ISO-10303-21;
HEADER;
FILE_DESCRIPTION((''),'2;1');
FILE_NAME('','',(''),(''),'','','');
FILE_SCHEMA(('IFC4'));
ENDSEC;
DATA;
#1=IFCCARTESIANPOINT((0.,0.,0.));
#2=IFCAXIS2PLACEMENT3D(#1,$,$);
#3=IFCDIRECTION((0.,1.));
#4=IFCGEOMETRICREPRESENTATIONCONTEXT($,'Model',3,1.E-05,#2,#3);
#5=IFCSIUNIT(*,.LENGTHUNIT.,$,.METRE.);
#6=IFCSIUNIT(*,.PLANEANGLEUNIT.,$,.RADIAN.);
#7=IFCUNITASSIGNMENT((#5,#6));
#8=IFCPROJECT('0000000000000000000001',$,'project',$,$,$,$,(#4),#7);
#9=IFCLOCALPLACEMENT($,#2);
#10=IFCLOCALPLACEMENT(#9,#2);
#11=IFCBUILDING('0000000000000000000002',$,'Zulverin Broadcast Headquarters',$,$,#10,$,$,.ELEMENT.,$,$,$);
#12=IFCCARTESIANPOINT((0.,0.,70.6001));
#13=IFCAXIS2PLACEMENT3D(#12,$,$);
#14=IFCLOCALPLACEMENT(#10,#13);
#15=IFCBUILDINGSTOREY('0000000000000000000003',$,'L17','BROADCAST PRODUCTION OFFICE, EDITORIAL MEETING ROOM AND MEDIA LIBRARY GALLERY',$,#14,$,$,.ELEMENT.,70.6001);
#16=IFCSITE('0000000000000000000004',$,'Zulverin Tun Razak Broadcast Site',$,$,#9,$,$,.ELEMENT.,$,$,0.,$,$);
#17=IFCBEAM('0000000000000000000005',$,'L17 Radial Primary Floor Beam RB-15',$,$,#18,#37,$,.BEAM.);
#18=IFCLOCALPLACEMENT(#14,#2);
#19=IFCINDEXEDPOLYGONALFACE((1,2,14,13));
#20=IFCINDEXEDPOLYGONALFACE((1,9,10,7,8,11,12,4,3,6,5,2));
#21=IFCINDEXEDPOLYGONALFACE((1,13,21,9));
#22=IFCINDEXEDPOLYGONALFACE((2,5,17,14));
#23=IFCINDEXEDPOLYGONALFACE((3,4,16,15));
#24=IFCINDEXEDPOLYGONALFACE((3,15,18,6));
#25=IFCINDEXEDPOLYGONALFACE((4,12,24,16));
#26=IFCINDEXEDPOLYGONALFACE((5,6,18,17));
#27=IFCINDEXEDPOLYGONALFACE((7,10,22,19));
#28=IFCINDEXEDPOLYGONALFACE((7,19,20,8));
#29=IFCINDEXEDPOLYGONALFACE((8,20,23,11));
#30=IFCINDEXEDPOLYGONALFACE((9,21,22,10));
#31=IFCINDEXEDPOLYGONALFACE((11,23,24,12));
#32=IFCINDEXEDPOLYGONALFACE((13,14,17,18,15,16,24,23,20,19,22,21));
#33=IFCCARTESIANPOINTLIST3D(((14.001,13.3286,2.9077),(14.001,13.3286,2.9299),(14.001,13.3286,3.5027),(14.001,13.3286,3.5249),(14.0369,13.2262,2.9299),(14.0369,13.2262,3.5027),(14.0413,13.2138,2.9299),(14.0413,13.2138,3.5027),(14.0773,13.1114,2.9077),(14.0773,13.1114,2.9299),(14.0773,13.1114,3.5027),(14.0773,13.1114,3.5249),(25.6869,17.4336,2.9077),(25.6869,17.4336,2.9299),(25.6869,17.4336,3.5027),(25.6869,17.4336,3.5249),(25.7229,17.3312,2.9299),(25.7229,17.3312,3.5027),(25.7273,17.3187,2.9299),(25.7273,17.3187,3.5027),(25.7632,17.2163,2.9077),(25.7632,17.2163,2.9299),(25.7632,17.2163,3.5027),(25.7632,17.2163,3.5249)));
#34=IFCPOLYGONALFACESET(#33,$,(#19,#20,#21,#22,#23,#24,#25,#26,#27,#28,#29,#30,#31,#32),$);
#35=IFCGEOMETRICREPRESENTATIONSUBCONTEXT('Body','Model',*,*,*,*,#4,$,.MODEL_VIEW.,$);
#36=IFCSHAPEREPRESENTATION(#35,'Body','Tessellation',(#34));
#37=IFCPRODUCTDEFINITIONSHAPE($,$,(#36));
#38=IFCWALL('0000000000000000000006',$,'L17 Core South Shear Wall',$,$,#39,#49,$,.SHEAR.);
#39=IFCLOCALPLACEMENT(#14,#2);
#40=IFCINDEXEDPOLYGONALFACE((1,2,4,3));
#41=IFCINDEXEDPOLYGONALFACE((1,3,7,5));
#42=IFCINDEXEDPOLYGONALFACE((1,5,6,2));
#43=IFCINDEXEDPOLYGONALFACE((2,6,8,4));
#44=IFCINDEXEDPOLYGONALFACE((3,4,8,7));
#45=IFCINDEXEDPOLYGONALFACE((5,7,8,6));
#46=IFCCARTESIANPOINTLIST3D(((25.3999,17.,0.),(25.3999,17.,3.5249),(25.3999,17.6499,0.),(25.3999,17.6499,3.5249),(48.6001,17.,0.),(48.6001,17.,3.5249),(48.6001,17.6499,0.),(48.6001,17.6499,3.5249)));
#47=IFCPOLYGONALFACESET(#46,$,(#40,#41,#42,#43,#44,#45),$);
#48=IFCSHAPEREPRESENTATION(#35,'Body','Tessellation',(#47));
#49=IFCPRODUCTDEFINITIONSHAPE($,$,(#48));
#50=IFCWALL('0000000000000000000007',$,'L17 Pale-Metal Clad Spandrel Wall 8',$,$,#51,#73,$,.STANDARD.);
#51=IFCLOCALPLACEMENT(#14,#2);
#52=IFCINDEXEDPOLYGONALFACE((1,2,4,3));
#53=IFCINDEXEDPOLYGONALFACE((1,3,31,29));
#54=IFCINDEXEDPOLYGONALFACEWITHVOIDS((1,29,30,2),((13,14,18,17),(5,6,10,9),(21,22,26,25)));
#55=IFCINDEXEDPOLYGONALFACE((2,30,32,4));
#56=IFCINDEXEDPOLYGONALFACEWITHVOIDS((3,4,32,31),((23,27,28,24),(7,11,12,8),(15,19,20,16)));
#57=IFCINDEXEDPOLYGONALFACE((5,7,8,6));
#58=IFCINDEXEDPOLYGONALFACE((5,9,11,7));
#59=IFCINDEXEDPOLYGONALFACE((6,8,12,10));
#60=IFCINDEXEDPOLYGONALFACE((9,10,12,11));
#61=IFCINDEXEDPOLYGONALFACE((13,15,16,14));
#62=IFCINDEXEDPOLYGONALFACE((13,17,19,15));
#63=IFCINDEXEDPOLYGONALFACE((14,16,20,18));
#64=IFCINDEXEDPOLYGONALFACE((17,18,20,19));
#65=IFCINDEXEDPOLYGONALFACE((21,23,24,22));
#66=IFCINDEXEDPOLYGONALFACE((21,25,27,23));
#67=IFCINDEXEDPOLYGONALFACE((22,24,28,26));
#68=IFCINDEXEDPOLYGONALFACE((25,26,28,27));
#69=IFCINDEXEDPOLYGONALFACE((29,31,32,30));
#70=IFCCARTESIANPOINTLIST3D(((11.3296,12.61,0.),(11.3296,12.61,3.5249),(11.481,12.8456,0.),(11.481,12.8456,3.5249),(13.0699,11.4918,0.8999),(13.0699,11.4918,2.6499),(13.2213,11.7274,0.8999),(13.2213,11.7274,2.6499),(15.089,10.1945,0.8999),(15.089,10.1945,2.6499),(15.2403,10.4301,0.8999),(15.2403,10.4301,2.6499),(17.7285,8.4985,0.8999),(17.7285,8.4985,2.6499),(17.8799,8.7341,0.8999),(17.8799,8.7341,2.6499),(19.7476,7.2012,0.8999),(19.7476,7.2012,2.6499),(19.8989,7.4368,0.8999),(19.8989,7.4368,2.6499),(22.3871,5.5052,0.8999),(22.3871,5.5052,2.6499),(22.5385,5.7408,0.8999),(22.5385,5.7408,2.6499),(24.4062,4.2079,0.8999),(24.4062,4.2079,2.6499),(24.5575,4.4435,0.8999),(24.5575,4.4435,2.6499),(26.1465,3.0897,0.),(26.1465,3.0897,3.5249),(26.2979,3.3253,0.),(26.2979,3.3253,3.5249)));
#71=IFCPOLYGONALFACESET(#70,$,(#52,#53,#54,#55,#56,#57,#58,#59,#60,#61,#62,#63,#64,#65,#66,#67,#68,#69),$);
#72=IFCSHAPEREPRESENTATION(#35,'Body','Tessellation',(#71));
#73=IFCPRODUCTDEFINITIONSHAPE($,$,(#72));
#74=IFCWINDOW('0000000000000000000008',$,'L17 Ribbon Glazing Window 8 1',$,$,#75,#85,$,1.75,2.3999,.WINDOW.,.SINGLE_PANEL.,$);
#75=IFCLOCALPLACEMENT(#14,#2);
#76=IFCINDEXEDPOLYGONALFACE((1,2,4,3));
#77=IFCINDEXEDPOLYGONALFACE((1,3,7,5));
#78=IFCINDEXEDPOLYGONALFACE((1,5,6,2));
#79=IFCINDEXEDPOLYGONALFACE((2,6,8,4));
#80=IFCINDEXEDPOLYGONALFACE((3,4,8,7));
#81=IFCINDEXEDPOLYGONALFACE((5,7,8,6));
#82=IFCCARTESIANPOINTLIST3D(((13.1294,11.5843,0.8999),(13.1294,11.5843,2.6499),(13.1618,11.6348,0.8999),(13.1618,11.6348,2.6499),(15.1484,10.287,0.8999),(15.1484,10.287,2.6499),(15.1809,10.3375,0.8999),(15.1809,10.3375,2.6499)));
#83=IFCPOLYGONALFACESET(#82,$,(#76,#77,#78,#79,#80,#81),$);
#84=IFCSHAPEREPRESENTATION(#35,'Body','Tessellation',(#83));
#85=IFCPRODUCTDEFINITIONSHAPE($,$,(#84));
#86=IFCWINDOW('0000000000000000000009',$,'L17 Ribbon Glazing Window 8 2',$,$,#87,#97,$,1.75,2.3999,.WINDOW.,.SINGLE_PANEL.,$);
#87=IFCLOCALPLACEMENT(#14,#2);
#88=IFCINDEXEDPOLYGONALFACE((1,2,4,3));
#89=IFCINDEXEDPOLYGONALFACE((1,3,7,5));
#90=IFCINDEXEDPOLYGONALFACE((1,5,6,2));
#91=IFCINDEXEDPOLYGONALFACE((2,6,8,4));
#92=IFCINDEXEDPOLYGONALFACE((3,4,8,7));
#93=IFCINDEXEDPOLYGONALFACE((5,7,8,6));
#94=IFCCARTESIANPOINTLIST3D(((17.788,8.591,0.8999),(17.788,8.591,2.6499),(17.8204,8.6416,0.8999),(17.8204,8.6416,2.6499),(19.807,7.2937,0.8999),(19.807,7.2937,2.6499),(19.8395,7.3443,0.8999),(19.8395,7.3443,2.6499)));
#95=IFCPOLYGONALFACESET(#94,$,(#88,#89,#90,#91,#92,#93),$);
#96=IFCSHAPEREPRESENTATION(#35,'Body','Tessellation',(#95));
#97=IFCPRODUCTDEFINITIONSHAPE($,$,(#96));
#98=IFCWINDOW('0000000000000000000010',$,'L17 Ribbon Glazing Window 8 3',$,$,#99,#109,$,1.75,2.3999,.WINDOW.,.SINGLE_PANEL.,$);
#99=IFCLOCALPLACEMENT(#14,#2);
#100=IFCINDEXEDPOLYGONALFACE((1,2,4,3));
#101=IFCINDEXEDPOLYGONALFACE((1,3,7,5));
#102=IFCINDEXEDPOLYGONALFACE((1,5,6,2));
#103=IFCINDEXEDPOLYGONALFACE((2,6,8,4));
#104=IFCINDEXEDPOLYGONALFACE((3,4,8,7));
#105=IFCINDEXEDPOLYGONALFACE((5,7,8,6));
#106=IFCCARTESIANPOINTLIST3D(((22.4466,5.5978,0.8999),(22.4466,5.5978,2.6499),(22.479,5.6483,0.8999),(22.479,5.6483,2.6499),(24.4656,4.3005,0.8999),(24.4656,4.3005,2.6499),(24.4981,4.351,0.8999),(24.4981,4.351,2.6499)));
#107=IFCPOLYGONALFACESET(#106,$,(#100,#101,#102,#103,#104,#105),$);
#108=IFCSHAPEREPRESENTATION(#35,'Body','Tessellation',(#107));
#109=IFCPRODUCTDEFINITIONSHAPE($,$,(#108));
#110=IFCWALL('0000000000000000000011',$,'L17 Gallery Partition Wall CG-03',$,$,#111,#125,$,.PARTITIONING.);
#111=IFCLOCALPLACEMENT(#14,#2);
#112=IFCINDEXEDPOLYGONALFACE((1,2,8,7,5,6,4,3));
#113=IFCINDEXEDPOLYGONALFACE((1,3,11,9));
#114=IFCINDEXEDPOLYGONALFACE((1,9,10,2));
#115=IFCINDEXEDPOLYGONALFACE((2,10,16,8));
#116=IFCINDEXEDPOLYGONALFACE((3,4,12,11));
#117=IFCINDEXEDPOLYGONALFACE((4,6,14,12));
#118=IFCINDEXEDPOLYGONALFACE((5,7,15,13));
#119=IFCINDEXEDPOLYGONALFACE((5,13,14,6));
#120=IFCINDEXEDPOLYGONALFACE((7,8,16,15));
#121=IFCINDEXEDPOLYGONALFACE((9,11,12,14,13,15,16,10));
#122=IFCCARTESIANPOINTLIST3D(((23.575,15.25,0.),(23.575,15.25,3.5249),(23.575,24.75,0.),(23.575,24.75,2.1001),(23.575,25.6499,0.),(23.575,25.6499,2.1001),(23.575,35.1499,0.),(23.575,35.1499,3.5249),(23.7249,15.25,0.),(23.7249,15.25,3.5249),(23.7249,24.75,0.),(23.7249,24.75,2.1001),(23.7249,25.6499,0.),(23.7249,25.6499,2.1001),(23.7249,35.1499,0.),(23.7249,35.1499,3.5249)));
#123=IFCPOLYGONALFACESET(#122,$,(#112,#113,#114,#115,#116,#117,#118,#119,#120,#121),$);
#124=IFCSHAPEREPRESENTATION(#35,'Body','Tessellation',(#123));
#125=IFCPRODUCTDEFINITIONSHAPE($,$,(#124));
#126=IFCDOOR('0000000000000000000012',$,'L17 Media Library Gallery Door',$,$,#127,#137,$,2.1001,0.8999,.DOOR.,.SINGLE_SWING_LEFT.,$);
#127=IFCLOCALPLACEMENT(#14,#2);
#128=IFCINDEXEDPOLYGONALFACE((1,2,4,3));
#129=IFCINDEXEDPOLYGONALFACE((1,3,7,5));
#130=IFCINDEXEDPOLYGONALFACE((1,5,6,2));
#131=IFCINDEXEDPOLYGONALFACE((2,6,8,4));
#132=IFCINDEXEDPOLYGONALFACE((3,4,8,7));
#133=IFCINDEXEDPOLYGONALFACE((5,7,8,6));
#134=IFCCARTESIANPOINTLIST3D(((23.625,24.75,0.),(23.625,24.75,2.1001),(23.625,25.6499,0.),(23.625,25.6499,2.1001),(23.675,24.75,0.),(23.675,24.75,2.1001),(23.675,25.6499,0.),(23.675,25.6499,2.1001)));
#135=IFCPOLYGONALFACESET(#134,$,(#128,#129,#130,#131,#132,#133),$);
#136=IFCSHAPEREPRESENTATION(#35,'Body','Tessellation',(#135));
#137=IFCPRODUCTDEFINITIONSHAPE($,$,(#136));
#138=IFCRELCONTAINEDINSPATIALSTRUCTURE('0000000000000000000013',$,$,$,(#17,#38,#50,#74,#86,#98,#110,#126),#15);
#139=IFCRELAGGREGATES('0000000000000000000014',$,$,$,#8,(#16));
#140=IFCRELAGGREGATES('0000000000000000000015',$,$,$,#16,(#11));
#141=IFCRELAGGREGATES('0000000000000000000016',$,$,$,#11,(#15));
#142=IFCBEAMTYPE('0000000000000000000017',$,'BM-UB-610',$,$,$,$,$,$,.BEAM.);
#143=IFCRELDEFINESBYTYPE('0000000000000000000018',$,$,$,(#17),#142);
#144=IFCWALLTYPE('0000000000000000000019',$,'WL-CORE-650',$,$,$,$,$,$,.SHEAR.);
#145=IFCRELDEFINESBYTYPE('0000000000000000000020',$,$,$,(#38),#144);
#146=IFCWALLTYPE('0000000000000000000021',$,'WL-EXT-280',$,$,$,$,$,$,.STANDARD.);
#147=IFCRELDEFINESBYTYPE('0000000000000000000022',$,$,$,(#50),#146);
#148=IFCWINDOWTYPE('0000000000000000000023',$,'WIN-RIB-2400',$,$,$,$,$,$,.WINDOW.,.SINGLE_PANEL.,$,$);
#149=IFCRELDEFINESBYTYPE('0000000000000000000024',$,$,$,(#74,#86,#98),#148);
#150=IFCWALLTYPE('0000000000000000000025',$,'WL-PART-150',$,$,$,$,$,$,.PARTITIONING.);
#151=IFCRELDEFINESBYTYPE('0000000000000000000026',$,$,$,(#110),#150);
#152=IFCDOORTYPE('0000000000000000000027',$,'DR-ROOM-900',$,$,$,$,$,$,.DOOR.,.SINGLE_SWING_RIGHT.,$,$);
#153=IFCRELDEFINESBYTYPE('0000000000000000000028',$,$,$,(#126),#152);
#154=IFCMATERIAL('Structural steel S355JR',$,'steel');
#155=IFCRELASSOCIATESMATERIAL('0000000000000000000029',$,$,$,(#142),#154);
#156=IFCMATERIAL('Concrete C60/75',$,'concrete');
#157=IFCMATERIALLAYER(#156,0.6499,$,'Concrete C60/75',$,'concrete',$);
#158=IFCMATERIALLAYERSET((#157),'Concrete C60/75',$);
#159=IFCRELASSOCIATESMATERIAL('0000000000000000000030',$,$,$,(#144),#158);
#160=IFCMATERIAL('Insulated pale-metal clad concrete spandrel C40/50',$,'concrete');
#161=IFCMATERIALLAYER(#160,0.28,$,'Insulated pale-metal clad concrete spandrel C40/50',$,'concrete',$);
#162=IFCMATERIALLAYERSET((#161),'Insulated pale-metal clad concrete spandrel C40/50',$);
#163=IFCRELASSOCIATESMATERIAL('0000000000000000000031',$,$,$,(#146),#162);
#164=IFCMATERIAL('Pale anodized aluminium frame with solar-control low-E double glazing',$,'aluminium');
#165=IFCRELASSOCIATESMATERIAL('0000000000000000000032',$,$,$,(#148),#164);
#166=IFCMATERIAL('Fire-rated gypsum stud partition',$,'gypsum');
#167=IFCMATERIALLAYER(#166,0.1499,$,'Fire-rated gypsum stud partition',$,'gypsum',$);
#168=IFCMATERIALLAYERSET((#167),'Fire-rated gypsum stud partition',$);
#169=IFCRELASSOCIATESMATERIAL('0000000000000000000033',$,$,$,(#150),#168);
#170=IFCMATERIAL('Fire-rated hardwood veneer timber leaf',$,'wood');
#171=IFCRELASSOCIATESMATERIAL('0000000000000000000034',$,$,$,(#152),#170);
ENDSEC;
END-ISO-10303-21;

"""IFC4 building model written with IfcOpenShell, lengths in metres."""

from ifc_helpers import new_model, si_unit, direction, frame, frame_2d, origin, origin_2d, place, context, subcontext, project, spatial, rectangle, i_section, extrude, material, layer, layer_set, material_profile, profile_set, type_object, element, fill, save


model = new_model("IFC4")

# Units and contexts
model_context = context("Model", 3, precision=1e-05, world=origin(), true_north=direction((0.0, 1.0)))
body_context = subcontext(model_context, "Body", "Model", "MODEL_VIEW")
ifc_project = project(units=[si_unit("LENGTHUNIT", "METRE"), si_unit("PLANEANGLEUNIT", "RADIAN")], contexts=[model_context])

# Site, building, storey
site_placement = place(None, origin())
site = spatial("IfcSite", under=ifc_project, at=site_placement, Name="Zulverin Tun Razak Broadcast Site", CompositionType="ELEMENT", RefElevation=0.0)
building_placement = place(site_placement, origin())
building = spatial("IfcBuilding", under=site, at=building_placement, Name="Zulverin Broadcast Headquarters", CompositionType="ELEMENT")
storey_placement = place(building_placement, frame((0.0, 0.0, 70.6001)))
storey = spatial("IfcBuildingStorey", under=building, at=storey_placement, Name="L17", Description="BROADCAST PRODUCTION OFFICE, EDITORIAL MEETING ROOM AND MEDIA LIBRARY GALLERY", CompositionType="ELEMENT", Elevation=70.6001)

# Shared definitions
ifc_material_1 = material(Name="Concrete C60/75", Category="concrete")

# Beam
ifc_material_2 = material(Name="Structural steel S355JR", Category="steel")
ifc_material_profile_1 = material_profile(ifc_material_2, i_section(OverallWidth=0.2302, OverallDepth=0.6172, WebThickness=0.0132, FlangeThickness=0.0222, at=origin_2d()), Name="Structural steel S355JR", Category="steel")
ifc_profile_set_1 = profile_set([ifc_material_profile_1], Name="Structural steel S355JR")
beam_type_1 = type_object("IfcBeamType", Name="BM-UB-610", PredefinedType="BEAM", material=ifc_profile_set_1)
beam_1_placement = place(storey_placement, frame((25.7251, 17.325, 3.2163), z_axis=(-0.943483, -0.33142, 0.0), x_axis=(0.33142, -0.943483, 0.0)))
element("IfcBeam", 1, at=beam_1_placement, inside=storey, type_object=beam_type_1, Name="L17 Radial Primary Floor Beam RB-15", PredefinedType="BEAM", context=body_context, shape_type="SweptSolid", body=[
    extrude(i_section(OverallWidth=0.2302, OverallDepth=0.6172, WebThickness=0.0132, FlangeThickness=0.0222, at=origin_2d()), origin(), (0.0, 0.0, 1.0), 12.386),
])

# Wall
ifc_layer_1 = layer(ifc_material_1, 0.6499, Name="Concrete C60/75", Category="concrete")
ifc_layer_set_1 = layer_set([ifc_layer_1], Name="Concrete C60/75")
wall_type_1 = type_object("IfcWallType", Name="WL-CORE-650", PredefinedType="SHEAR", material=ifc_layer_set_1)
wall_1_placement = place(storey_placement, frame((25.3999, 17.325, 0.0), z_axis=(0.0, 0.0, 1.0), x_axis=(1.0, 0.0, 0.0)))
element("IfcWall", 2, at=wall_1_placement, inside=storey, type_object=wall_type_1, Name="L17 Core South Shear Wall", PredefinedType="SHEAR", context=body_context, shape_type="SweptSolid", body=[
    extrude(rectangle(XDim=23.2002, YDim=0.6499, at=frame_2d((11.6001, 0.0))), origin(), (0.0, 0.0, 1.0), 3.5249),
])

# Wall, openings, windows
ifc_material_3 = material(Name="Insulated pale-metal clad concrete spandrel C40/50", Category="concrete")
ifc_layer_2 = layer(ifc_material_3, 0.28, Name="Insulated pale-metal clad concrete spandrel C40/50", Category="concrete")
ifc_layer_set_2 = layer_set([ifc_layer_2], Name="Insulated pale-metal clad concrete spandrel C40/50")
wall_type_2 = type_object("IfcWallType", Name="WL-EXT-280", PredefinedType="STANDARD", material=ifc_layer_set_2)
wall_2_placement = place(storey_placement, frame((11.4053, 12.7278, 0.0), z_axis=(0.0, 0.0, 1.0), x_axis=(0.841305, -0.540561, 0.0)))
wall_2 = element("IfcWall", 3, at=wall_2_placement, inside=storey, type_object=wall_type_2, Name="L17 Pale-Metal Clad Spandrel Wall 8", PredefinedType="STANDARD", context=body_context, shape_type="SweptSolid", body=[
    extrude(rectangle(XDim=17.6118, YDim=0.28, at=frame_2d((8.8059, 0.0))), origin(), (0.0, 0.0, 1.0), 3.5249),
])
opening_1_placement = place(wall_2_placement, frame((2.0686, 0.0, 0.8999)))
opening_1 = element("IfcOpeningElement", 4, at=opening_1_placement, cuts=wall_2, PredefinedType="OPENING", context=body_context, shape_type="SweptSolid", body=[
    extrude(rectangle(XDim=2.3999, YDim=1.75, at=frame_2d((1.2, 0.875))), frame((0.0, 0.1499, 0.0), z_axis=(0.0, -1.0, 0.0), x_axis=(1.0, 0.0, 0.0)), (0.0, 0.0, 1.0), 0.3),
])
opening_2_placement = place(wall_2_placement, frame((7.606, 0.0, 0.8999)))
opening_2 = element("IfcOpeningElement", 5, at=opening_2_placement, cuts=wall_2, PredefinedType="OPENING", context=body_context, shape_type="SweptSolid", body=[
    extrude(rectangle(XDim=2.3999, YDim=1.75, at=frame_2d((1.2, 0.875))), frame((0.0, 0.1499, 0.0), z_axis=(0.0, -1.0, 0.0), x_axis=(1.0, 0.0, 0.0)), (0.0, 0.0, 1.0), 0.3),
])
opening_3_placement = place(wall_2_placement, frame((13.1433, 0.0, 0.8999)))
opening_3 = element("IfcOpeningElement", 6, at=opening_3_placement, cuts=wall_2, PredefinedType="OPENING", context=body_context, shape_type="SweptSolid", body=[
    extrude(rectangle(XDim=2.3999, YDim=1.75, at=frame_2d((1.2, 0.875))), frame((0.0, 0.1499, 0.0), z_axis=(0.0, -1.0, 0.0), x_axis=(1.0, 0.0, 0.0)), (0.0, 0.0, 1.0), 0.3),
])
ifc_material_4 = material(Name="Pale anodized aluminium frame with solar-control low-E double glazing", Category="aluminium")
window_type = type_object("IfcWindowType", Name="WIN-RIB-2400", PartitioningType="SINGLE_PANEL", PredefinedType="WINDOW", material=ifc_material_4)
window_1_placement = place(opening_1_placement, origin())
window_1 = element("IfcWindow", 7, at=window_1_placement, inside=storey, type_object=window_type, Name="L17 Ribbon Glazing Window 8 1", OverallHeight=1.75, OverallWidth=2.3999, PartitioningType="SINGLE_PANEL", PredefinedType="WINDOW", context=body_context, shape_type="SweptSolid", body=[
    extrude(rectangle(XDim=2.3999, YDim=1.75, at=frame_2d((1.2, 0.875))), frame((0.0, 0.03, 0.0), z_axis=(0.0, -1.0, 0.0), x_axis=(1.0, 0.0, 0.0)), (0.0, 0.0, 1.0), 0.0601),
])
fill(opening_1, window_1)
window_2_placement = place(opening_2_placement, origin())
window_2 = element("IfcWindow", 8, at=window_2_placement, inside=storey, type_object=window_type, Name="L17 Ribbon Glazing Window 8 2", OverallHeight=1.75, OverallWidth=2.3999, PartitioningType="SINGLE_PANEL", PredefinedType="WINDOW", context=body_context, shape_type="SweptSolid", body=[
    extrude(rectangle(XDim=2.3999, YDim=1.75, at=frame_2d((1.2, 0.875))), frame((0.0, 0.03, 0.0), z_axis=(0.0, -1.0, 0.0), x_axis=(1.0, 0.0, 0.0)), (0.0, 0.0, 1.0), 0.0601),
])
fill(opening_2, window_2)
window_3_placement = place(opening_3_placement, origin())
window_3 = element("IfcWindow", 9, at=window_3_placement, inside=storey, type_object=window_type, Name="L17 Ribbon Glazing Window 8 3", OverallHeight=1.75, OverallWidth=2.3999, PartitioningType="SINGLE_PANEL", PredefinedType="WINDOW", context=body_context, shape_type="SweptSolid", body=[
    extrude(rectangle(XDim=2.3999, YDim=1.75, at=frame_2d((1.2, 0.875))), frame((0.0, 0.03, 0.0), z_axis=(0.0, -1.0, 0.0), x_axis=(1.0, 0.0, 0.0)), (0.0, 0.0, 1.0), 0.0601),
])
fill(opening_3, window_3)

# Wall, opening, door
ifc_material_5 = material(Name="Fire-rated gypsum stud partition", Category="gypsum")
ifc_layer_3 = layer(ifc_material_5, 0.1499, Name="Fire-rated gypsum stud partition", Category="gypsum")
ifc_layer_set_3 = layer_set([ifc_layer_3], Name="Fire-rated gypsum stud partition")
wall_type_3 = type_object("IfcWallType", Name="WL-PART-150", PredefinedType="PARTITIONING", material=ifc_layer_set_3)
wall_3_placement = place(storey_placement, frame((23.6499, 15.25, 0.0), z_axis=(0.0, 0.0, 1.0), x_axis=(0.0, 1.0, 0.0)))
wall_3 = element("IfcWall", 10, at=wall_3_placement, inside=storey, type_object=wall_type_3, Name="L17 Gallery Partition Wall CG-03", PredefinedType="PARTITIONING", context=body_context, shape_type="SweptSolid", body=[
    extrude(rectangle(XDim=19.8999, YDim=0.1499, at=frame_2d((9.95, 0.0))), origin(), (0.0, 0.0, 1.0), 3.5249),
])
opening_4_placement = place(wall_3_placement, frame((9.5, 0.0, 0.0)))
opening_4 = element("IfcOpeningElement", 11, at=opening_4_placement, cuts=wall_3, PredefinedType="OPENING", context=body_context, shape_type="SweptSolid", body=[
    extrude(rectangle(XDim=0.8999, YDim=2.1001, at=frame_2d((0.45, 1.05))), frame((0.0, 0.085, 0.0), z_axis=(0.0, -1.0, 0.0), x_axis=(1.0, 0.0, 0.0)), (0.0, 0.0, 1.0), 0.1699),
])
ifc_material_6 = material(Name="Fire-rated hardwood veneer timber leaf", Category="wood")
door_type_1 = type_object("IfcDoorType", Name="DR-ROOM-900", OperationType="SINGLE_SWING_RIGHT", PredefinedType="DOOR", material=ifc_material_6)
door_1_placement = place(opening_4_placement, origin())
door_1 = element("IfcDoor", 12, at=door_1_placement, inside=storey, type_object=door_type_1, Name="L17 Media Library Gallery Door", OperationType="SINGLE_SWING_LEFT", OverallHeight=2.1001, OverallWidth=0.8999, PredefinedType="DOOR", context=body_context, shape_type="SweptSolid", body=[
    extrude(rectangle(XDim=0.8999, YDim=2.1001, at=frame_2d((0.45, 1.05))), frame((0.0, 0.0249, 0.0), z_axis=(0.0, -1.0, 0.0), x_axis=(1.0, 0.0, 0.0)), (0.0, 0.0, 1.0), 0.05),
])
fill(opening_4, door_1)

save(model, "model.ifc")
